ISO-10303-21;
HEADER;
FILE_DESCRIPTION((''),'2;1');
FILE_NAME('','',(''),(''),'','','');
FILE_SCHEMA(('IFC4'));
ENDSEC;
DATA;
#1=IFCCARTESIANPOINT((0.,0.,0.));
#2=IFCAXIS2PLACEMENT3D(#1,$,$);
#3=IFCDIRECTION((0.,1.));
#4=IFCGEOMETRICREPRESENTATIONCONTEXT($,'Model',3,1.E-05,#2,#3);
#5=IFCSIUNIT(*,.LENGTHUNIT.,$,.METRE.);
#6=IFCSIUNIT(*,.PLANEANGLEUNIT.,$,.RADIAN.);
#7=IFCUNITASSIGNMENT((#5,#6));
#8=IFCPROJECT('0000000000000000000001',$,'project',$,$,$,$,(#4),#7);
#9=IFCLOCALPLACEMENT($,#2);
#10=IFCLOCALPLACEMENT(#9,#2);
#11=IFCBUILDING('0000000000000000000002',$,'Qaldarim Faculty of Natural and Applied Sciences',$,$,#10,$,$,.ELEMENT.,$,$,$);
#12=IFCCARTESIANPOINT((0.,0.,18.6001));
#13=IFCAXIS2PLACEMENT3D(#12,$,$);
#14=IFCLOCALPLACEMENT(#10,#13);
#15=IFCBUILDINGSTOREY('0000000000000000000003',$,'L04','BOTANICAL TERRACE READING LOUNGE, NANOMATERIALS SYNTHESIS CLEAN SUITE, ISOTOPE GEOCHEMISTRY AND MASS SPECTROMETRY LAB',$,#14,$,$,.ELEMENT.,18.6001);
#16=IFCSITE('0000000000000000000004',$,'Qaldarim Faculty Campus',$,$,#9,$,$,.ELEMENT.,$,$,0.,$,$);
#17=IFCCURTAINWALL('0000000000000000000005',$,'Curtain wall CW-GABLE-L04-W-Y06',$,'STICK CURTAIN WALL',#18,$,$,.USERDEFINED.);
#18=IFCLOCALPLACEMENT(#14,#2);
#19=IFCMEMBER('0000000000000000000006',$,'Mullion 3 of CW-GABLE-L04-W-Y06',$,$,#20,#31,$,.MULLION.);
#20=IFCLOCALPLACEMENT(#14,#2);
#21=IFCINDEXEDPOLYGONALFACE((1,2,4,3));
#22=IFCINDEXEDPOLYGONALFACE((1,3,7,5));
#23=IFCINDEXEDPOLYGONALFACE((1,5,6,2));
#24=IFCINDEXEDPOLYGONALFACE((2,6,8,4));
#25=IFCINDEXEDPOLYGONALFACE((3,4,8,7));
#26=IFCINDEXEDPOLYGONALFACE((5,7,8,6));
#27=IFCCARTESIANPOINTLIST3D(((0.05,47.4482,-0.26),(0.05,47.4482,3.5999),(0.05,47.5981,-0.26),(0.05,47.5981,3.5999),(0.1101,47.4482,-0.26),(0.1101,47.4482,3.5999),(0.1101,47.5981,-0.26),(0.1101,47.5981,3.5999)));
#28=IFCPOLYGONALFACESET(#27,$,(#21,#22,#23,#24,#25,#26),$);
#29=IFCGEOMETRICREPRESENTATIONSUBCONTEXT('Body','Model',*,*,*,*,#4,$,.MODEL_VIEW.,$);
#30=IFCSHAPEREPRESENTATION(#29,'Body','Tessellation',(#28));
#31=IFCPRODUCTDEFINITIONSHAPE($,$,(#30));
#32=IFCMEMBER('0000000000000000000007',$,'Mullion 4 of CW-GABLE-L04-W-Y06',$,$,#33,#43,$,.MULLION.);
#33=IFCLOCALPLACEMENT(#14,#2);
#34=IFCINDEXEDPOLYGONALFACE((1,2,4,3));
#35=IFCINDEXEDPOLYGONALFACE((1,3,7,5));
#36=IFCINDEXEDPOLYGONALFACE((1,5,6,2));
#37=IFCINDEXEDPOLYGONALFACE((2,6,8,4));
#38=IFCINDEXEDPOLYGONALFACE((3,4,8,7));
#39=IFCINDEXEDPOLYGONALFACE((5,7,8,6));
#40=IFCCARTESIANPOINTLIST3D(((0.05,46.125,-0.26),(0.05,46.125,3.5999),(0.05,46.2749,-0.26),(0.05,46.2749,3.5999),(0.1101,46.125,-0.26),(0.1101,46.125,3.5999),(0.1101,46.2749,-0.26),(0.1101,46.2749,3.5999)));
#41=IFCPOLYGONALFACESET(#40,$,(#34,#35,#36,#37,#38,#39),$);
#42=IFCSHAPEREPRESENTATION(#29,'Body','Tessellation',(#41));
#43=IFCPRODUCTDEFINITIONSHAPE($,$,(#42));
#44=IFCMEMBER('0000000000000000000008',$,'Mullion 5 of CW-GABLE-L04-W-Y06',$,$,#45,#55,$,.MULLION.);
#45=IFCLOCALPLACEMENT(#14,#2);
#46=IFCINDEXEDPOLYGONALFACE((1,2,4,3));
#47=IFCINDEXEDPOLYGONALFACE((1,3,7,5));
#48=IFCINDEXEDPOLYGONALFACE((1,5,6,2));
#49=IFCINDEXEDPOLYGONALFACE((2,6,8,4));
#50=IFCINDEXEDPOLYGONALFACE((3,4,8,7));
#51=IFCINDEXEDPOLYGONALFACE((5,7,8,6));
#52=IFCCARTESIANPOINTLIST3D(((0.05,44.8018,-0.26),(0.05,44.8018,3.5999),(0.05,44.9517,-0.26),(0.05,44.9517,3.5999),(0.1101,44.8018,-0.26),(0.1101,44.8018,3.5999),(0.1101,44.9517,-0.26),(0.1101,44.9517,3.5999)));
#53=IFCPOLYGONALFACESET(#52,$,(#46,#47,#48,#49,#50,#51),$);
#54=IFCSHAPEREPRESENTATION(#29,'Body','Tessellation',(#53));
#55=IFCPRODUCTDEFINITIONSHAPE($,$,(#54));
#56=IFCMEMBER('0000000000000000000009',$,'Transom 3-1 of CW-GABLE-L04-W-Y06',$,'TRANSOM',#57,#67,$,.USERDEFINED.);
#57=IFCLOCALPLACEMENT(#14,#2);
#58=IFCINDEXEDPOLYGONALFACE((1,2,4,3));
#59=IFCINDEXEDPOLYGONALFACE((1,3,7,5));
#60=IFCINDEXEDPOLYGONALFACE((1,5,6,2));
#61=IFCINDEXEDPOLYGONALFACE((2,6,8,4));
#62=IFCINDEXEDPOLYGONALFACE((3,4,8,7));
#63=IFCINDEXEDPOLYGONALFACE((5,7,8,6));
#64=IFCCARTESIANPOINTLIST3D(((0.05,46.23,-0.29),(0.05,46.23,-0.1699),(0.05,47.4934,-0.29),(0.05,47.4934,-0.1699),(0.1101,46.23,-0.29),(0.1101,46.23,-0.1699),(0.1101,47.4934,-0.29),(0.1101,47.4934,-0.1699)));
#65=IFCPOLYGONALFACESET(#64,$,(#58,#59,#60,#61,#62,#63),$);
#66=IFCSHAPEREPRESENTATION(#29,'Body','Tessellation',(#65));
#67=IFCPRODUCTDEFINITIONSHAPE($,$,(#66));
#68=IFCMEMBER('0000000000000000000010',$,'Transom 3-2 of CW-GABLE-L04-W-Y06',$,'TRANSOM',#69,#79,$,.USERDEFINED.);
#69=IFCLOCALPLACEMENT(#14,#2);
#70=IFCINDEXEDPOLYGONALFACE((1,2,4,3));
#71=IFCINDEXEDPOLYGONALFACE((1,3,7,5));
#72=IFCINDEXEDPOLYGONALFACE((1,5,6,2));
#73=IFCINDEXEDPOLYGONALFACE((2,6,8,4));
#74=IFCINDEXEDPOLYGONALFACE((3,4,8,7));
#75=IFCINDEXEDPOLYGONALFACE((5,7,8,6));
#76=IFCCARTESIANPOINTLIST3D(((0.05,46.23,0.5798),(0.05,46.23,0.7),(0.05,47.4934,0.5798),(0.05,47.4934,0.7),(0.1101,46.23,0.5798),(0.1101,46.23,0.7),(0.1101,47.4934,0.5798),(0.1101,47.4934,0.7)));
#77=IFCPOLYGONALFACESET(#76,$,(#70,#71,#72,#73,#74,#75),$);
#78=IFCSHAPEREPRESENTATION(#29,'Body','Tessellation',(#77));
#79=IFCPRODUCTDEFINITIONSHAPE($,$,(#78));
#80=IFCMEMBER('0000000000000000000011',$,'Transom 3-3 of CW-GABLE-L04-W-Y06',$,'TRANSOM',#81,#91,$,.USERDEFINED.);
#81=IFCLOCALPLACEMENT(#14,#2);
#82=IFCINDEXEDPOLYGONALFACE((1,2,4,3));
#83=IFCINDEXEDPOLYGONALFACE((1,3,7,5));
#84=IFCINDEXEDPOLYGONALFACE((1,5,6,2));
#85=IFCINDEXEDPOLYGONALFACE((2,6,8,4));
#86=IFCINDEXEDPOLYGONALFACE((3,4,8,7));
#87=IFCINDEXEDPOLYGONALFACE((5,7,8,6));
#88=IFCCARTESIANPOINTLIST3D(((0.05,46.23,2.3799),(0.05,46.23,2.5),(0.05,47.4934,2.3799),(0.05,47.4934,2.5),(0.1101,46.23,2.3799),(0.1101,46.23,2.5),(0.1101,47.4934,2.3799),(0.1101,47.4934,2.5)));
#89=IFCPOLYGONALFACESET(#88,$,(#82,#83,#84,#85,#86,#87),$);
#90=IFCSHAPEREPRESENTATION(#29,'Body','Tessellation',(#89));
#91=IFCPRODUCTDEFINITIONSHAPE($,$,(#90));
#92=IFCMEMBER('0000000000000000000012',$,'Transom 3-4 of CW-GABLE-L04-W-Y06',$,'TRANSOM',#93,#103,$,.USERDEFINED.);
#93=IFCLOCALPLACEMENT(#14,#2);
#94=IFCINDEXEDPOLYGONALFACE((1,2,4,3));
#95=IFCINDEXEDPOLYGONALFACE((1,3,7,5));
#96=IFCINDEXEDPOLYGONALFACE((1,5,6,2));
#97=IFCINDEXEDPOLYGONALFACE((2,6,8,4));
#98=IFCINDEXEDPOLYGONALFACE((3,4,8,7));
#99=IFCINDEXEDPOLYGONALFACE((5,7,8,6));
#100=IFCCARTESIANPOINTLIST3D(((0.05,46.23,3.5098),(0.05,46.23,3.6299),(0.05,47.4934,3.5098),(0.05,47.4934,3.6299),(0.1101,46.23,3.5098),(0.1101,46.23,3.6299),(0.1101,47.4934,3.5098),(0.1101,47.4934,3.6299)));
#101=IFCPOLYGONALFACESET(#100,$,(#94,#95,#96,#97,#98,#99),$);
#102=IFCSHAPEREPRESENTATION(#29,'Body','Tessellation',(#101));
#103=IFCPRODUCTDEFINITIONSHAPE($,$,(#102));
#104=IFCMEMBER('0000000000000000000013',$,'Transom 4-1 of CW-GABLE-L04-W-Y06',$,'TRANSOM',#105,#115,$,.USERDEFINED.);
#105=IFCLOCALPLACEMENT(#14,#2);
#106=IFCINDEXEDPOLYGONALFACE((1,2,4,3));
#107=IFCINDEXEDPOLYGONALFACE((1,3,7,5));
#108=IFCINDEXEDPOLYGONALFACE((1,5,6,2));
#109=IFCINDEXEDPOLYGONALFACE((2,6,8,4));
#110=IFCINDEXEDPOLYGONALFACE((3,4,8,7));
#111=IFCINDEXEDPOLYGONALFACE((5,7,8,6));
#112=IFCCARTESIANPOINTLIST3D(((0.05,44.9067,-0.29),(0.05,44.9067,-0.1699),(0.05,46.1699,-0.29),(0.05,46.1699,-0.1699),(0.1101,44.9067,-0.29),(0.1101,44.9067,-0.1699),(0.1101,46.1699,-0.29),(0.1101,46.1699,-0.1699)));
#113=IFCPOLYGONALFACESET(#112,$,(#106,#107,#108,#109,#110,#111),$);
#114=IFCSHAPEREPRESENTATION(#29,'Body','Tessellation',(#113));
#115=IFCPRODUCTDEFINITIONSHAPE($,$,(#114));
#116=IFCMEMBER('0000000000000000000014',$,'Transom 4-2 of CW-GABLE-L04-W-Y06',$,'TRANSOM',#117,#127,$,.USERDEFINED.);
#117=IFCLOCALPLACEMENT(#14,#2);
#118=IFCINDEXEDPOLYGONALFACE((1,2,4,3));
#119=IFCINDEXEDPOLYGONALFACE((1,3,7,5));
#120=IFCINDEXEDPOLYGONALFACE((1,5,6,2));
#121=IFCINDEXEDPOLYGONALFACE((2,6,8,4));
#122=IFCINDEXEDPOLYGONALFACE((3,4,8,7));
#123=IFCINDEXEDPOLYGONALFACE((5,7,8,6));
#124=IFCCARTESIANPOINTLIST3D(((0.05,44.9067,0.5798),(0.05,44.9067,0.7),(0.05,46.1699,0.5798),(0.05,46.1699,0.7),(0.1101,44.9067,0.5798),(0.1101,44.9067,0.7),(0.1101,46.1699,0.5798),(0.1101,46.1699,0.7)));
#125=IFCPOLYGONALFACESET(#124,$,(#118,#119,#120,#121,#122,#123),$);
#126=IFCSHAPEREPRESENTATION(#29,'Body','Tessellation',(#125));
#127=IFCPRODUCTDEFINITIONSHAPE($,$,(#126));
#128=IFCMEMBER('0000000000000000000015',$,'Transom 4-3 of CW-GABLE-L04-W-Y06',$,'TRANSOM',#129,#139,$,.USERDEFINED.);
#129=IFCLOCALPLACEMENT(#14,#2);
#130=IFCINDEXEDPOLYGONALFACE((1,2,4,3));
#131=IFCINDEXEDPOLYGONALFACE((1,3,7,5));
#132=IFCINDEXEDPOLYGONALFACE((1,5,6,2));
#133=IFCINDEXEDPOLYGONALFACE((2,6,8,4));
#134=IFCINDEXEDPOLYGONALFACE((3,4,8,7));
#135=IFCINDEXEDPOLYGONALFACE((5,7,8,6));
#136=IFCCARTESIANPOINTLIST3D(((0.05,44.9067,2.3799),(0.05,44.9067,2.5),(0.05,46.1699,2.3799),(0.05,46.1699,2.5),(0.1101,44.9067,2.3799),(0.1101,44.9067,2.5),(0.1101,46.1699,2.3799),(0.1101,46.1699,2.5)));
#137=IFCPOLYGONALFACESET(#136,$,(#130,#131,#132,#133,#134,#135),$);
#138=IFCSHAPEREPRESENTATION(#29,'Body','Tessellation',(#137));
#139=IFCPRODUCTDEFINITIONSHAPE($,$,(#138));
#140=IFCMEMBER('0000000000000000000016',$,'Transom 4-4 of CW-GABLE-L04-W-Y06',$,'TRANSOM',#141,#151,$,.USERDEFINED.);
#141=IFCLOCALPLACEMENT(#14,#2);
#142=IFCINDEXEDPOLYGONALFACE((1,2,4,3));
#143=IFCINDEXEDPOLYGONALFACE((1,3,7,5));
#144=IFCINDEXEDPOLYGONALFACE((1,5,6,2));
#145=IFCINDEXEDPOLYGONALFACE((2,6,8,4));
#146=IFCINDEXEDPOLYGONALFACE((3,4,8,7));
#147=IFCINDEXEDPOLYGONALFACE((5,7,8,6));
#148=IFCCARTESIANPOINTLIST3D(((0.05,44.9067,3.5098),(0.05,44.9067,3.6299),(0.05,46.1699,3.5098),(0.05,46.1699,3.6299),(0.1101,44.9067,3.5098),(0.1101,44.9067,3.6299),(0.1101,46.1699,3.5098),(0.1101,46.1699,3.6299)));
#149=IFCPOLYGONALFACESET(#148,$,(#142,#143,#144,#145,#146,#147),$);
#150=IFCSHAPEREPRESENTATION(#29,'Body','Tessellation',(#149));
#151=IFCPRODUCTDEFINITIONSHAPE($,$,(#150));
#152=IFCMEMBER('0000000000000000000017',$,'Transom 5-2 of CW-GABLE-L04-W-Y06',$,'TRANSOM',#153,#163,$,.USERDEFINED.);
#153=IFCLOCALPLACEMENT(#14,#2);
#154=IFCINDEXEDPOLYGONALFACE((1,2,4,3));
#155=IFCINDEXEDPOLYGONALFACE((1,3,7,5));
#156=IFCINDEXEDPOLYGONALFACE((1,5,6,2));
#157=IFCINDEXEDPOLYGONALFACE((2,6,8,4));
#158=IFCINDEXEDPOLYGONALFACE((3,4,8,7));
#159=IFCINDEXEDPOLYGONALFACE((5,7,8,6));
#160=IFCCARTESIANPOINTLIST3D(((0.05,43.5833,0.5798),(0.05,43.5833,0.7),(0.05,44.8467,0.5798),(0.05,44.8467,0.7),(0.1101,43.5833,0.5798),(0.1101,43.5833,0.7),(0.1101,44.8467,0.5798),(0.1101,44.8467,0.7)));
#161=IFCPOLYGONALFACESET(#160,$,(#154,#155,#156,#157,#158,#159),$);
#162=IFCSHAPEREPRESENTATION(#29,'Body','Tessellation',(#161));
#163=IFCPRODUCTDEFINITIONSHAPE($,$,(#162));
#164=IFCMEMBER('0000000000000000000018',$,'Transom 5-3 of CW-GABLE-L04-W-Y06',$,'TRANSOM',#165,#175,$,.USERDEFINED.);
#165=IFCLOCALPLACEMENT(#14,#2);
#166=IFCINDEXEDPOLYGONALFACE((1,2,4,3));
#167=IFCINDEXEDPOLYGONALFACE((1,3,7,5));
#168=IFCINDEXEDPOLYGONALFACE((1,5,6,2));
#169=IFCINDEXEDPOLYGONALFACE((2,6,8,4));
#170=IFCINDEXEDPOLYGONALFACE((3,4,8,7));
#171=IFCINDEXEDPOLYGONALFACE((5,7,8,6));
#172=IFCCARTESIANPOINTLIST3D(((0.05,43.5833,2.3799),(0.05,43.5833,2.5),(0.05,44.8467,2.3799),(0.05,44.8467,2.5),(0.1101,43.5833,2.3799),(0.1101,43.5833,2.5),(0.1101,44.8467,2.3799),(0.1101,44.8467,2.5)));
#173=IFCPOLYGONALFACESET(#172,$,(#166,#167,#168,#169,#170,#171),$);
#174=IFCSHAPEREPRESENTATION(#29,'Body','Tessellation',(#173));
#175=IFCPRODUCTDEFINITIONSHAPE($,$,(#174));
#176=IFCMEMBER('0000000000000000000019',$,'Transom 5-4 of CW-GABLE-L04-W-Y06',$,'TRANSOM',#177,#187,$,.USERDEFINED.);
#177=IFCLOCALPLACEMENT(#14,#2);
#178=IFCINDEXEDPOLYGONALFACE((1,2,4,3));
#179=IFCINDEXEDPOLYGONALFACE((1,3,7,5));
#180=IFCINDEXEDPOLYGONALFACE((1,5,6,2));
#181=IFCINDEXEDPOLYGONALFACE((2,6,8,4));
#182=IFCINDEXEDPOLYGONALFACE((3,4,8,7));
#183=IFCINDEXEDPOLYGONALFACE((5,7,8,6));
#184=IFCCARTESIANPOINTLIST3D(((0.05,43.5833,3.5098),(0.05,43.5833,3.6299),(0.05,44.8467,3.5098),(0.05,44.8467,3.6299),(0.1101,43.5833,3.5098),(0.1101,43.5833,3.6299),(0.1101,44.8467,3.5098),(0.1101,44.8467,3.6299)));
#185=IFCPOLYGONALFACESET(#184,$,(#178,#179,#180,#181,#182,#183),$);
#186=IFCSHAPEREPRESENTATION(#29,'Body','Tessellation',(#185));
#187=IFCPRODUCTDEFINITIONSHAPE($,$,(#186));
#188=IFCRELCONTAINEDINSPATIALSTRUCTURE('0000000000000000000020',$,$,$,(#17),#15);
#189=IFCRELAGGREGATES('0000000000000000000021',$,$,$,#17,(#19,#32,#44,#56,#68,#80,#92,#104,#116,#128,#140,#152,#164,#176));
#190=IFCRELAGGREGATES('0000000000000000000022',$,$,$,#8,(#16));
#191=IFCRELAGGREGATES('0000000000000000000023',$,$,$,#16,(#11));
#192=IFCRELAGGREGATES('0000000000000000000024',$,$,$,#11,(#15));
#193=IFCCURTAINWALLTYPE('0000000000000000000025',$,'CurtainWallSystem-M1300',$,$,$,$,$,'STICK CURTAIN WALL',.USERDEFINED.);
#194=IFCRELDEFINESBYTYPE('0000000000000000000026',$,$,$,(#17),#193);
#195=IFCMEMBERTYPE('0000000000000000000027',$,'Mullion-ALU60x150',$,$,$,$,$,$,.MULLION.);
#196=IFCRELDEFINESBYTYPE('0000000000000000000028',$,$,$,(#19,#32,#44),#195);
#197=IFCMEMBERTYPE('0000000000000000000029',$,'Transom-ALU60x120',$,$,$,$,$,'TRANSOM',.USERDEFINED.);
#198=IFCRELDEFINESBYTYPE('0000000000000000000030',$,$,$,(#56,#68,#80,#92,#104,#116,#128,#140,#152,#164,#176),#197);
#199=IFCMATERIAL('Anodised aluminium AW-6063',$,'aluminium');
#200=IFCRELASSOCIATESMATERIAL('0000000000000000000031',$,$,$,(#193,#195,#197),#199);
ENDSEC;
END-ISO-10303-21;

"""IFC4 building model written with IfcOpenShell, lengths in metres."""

from ifc_helpers import new_model, si_unit, direction, frame, origin, origin_2d, place, context, subcontext, project, spatial, rectangle, extrude, material, material_profile, profile_set, type_object, element, aggregate, save


model = new_model("IFC4")

# Units and contexts
model_context = context("Model", 3, precision=1e-05, world=origin(), true_north=direction((0.0, 1.0)))
body_context = subcontext(model_context, "Body", "Model", "MODEL_VIEW")
ifc_project = project(units=[si_unit("LENGTHUNIT", "METRE"), si_unit("PLANEANGLEUNIT", "RADIAN")], contexts=[model_context])

# Site, building, storey
site_placement = place(None, origin())
site = spatial("IfcSite", under=ifc_project, at=site_placement, Name="Qaldarim Faculty Campus", CompositionType="ELEMENT", RefElevation=0.0)
building_placement = place(site_placement, origin())
building = spatial("IfcBuilding", under=site, at=building_placement, Name="Qaldarim Faculty of Natural and Applied Sciences", CompositionType="ELEMENT")
storey_placement = place(building_placement, frame((0.0, 0.0, 18.6001)))
storey = spatial("IfcBuildingStorey", under=building, at=storey_placement, Name="L04", Description="BOTANICAL TERRACE READING LOUNGE, NANOMATERIALS SYNTHESIS CLEAN SUITE, ISOTOPE GEOCHEMISTRY AND MASS SPECTROMETRY LAB", CompositionType="ELEMENT", Elevation=18.6001)

# Curtain wall, members
ifc_material_1 = material(Name="Anodised aluminium AW-6063", Category="aluminium")
curtain_wall_type = type_object("IfcCurtainWallType", Name="CurtainWallSystem-M1300", ElementType="STICK CURTAIN WALL", PredefinedType="USERDEFINED", material=ifc_material_1)
curtain_wall_placement = place(storey_placement, origin())
curtain_wall = element("IfcCurtainWall", 1, at=curtain_wall_placement, inside=storey, type_object=curtain_wall_type, Name="Curtain wall CW-GABLE-L04-W-Y06", ObjectType="STICK CURTAIN WALL", PredefinedType="USERDEFINED")
ifc_material_profile_1 = material_profile(ifc_material_1, rectangle(XDim=0.0601, YDim=0.1499, at=origin_2d()), Name="ALU-M60x150")
ifc_profile_set_1 = profile_set([ifc_material_profile_1], Name="Anodised aluminium AW-6063")
member_type_1 = type_object("IfcMemberType", Name="Mullion-ALU60x150", PredefinedType="MULLION", material=ifc_profile_set_1)
member_1_placement = place(storey_placement, frame((0.0801, 47.5232, -0.26), z_axis=(0.0, 0.0, 1.0), x_axis=(1.0, 0.0, 0.0)))
member_1 = element("IfcMember", 2, at=member_1_placement, type_object=member_type_1, Name="Mullion 3 of CW-GABLE-L04-W-Y06", PredefinedType="MULLION", context=body_context, shape_type="SweptSolid", body=[
    extrude(rectangle(XDim=0.0601, YDim=0.1499, at=origin_2d()), origin(), (0.0, 0.0, 1.0), 3.8599),
])
member_2_placement = place(storey_placement, frame((0.0801, 46.2, -0.26), z_axis=(0.0, 0.0, 1.0), x_axis=(1.0, 0.0, 0.0)))
member_2 = element("IfcMember", 3, at=member_2_placement, type_object=member_type_1, Name="Mullion 4 of CW-GABLE-L04-W-Y06", PredefinedType="MULLION", context=body_context, shape_type="SweptSolid", body=[
    extrude(rectangle(XDim=0.0601, YDim=0.1499, at=origin_2d()), origin(), (0.0, 0.0, 1.0), 3.8599),
])
member_3_placement = place(storey_placement, frame((0.0801, 44.8767, -0.26), z_axis=(0.0, 0.0, 1.0), x_axis=(1.0, 0.0, 0.0)))
member_3 = element("IfcMember", 4, at=member_3_placement, type_object=member_type_1, Name="Mullion 5 of CW-GABLE-L04-W-Y06", PredefinedType="MULLION", context=body_context, shape_type="SweptSolid", body=[
    extrude(rectangle(XDim=0.0601, YDim=0.1499, at=origin_2d()), origin(), (0.0, 0.0, 1.0), 3.8599),
])
ifc_material_profile_2 = material_profile(ifc_material_1, rectangle(XDim=0.0601, YDim=0.1201, at=origin_2d()), Name="ALU-T60x120")
ifc_profile_set_2 = profile_set([ifc_material_profile_2], Name="Anodised aluminium AW-6063")
member_type_2 = type_object("IfcMemberType", Name="Transom-ALU60x120", ElementType="TRANSOM", PredefinedType="USERDEFINED", material=ifc_profile_set_2)
member_4_placement = place(storey_placement, frame((0.0801, 47.4934, -0.23), z_axis=(0.0, -1.0, 0.0), x_axis=(1.0, 0.0, 0.0)))
member_4 = element("IfcMember", 5, at=member_4_placement, type_object=member_type_2, Name="Transom 3-1 of CW-GABLE-L04-W-Y06", ObjectType="TRANSOM", PredefinedType="USERDEFINED", context=body_context, shape_type="SweptSolid", body=[
    extrude(rectangle(XDim=0.0601, YDim=0.1201, at=origin_2d()), origin(), (0.0, 0.0, 1.0), 1.2634),
])
member_5_placement = place(storey_placement, frame((0.0801, 47.4934, 0.6399), z_axis=(0.0, -1.0, 0.0), x_axis=(1.0, 0.0, 0.0)))
member_5 = element("IfcMember", 6, at=member_5_placement, type_object=member_type_2, Name="Transom 3-2 of CW-GABLE-L04-W-Y06", ObjectType="TRANSOM", PredefinedType="USERDEFINED", context=body_context, shape_type="SweptSolid", body=[
    extrude(rectangle(XDim=0.0601, YDim=0.1201, at=origin_2d()), origin(), (0.0, 0.0, 1.0), 1.2634),
])
member_6_placement = place(storey_placement, frame((0.0801, 47.4934, 2.4399), z_axis=(0.0, -1.0, 0.0), x_axis=(1.0, 0.0, 0.0)))
member_6 = element("IfcMember", 7, at=member_6_placement, type_object=member_type_2, Name="Transom 3-3 of CW-GABLE-L04-W-Y06", ObjectType="TRANSOM", PredefinedType="USERDEFINED", context=body_context, shape_type="SweptSolid", body=[
    extrude(rectangle(XDim=0.0601, YDim=0.1201, at=origin_2d()), origin(), (0.0, 0.0, 1.0), 1.2634),
])
member_7_placement = place(storey_placement, frame((0.0801, 47.4934, 3.5698), z_axis=(0.0, -1.0, 0.0), x_axis=(1.0, 0.0, 0.0)))
member_7 = element("IfcMember", 8, at=member_7_placement, type_object=member_type_2, Name="Transom 3-4 of CW-GABLE-L04-W-Y06", ObjectType="TRANSOM", PredefinedType="USERDEFINED", context=body_context, shape_type="SweptSolid", body=[
    extrude(rectangle(XDim=0.0601, YDim=0.1201, at=origin_2d()), origin(), (0.0, 0.0, 1.0), 1.2634),
])
member_8_placement = place(storey_placement, frame((0.0801, 46.1699, -0.23), z_axis=(0.0, -1.0, 0.0), x_axis=(1.0, 0.0, 0.0)))
member_8 = element("IfcMember", 9, at=member_8_placement, type_object=member_type_2, Name="Transom 4-1 of CW-GABLE-L04-W-Y06", ObjectType="TRANSOM", PredefinedType="USERDEFINED", context=body_context, shape_type="SweptSolid", body=[
    extrude(rectangle(XDim=0.0601, YDim=0.1201, at=origin_2d()), origin(), (0.0, 0.0, 1.0), 1.2632),
])
member_9_placement = place(storey_placement, frame((0.0801, 46.1699, 0.6399), z_axis=(0.0, -1.0, 0.0), x_axis=(1.0, 0.0, 0.0)))
member_9 = element("IfcMember", 10, at=member_9_placement, type_object=member_type_2, Name="Transom 4-2 of CW-GABLE-L04-W-Y06", ObjectType="TRANSOM", PredefinedType="USERDEFINED", context=body_context, shape_type="SweptSolid", body=[
    extrude(rectangle(XDim=0.0601, YDim=0.1201, at=origin_2d()), origin(), (0.0, 0.0, 1.0), 1.2632),
])
member_10_placement = place(storey_placement, frame((0.0801, 46.1699, 2.4399), z_axis=(0.0, -1.0, 0.0), x_axis=(1.0, 0.0, 0.0)))
member_10 = element("IfcMember", 11, at=member_10_placement, type_object=member_type_2, Name="Transom 4-3 of CW-GABLE-L04-W-Y06", ObjectType="TRANSOM", PredefinedType="USERDEFINED", context=body_context, shape_type="SweptSolid", body=[
    extrude(rectangle(XDim=0.0601, YDim=0.1201, at=origin_2d()), origin(), (0.0, 0.0, 1.0), 1.2632),
])
member_11_placement = place(storey_placement, frame((0.0801, 46.1699, 3.5698), z_axis=(0.0, -1.0, 0.0), x_axis=(1.0, 0.0, 0.0)))
member_11 = element("IfcMember", 12, at=member_11_placement, type_object=member_type_2, Name="Transom 4-4 of CW-GABLE-L04-W-Y06", ObjectType="TRANSOM", PredefinedType="USERDEFINED", context=body_context, shape_type="SweptSolid", body=[
    extrude(rectangle(XDim=0.0601, YDim=0.1201, at=origin_2d()), origin(), (0.0, 0.0, 1.0), 1.2632),
])
member_12_placement = place(storey_placement, frame((0.0801, 44.8467, 0.6399), z_axis=(0.0, -1.0, 0.0), x_axis=(1.0, 0.0, 0.0)))
member_12 = element("IfcMember", 13, at=member_12_placement, type_object=member_type_2, Name="Transom 5-2 of CW-GABLE-L04-W-Y06", ObjectType="TRANSOM", PredefinedType="USERDEFINED", context=body_context, shape_type="SweptSolid", body=[
    extrude(rectangle(XDim=0.0601, YDim=0.1201, at=origin_2d()), origin(), (0.0, 0.0, 1.0), 1.2634),
])
member_13_placement = place(storey_placement, frame((0.0801, 44.8467, 2.4399), z_axis=(0.0, -1.0, 0.0), x_axis=(1.0, 0.0, 0.0)))
member_13 = element("IfcMember", 14, at=member_13_placement, type_object=member_type_2, Name="Transom 5-3 of CW-GABLE-L04-W-Y06", ObjectType="TRANSOM", PredefinedType="USERDEFINED", context=body_context, shape_type="SweptSolid", body=[
    extrude(rectangle(XDim=0.0601, YDim=0.1201, at=origin_2d()), origin(), (0.0, 0.0, 1.0), 1.2634),
])
member_14_placement = place(storey_placement, frame((0.0801, 44.8467, 3.5698), z_axis=(0.0, -1.0, 0.0), x_axis=(1.0, 0.0, 0.0)))
member_14 = element("IfcMember", 15, at=member_14_placement, type_object=member_type_2, Name="Transom 5-4 of CW-GABLE-L04-W-Y06", ObjectType="TRANSOM", PredefinedType="USERDEFINED", context=body_context, shape_type="SweptSolid", body=[
    extrude(rectangle(XDim=0.0601, YDim=0.1201, at=origin_2d()), origin(), (0.0, 0.0, 1.0), 1.2634),
])
aggregate(curtain_wall, [member_1, member_2, member_3, member_4, member_5, member_6, member_7, member_8, member_9, member_10, member_11, member_12, member_13, member_14])

save(model, "model.ifc")
